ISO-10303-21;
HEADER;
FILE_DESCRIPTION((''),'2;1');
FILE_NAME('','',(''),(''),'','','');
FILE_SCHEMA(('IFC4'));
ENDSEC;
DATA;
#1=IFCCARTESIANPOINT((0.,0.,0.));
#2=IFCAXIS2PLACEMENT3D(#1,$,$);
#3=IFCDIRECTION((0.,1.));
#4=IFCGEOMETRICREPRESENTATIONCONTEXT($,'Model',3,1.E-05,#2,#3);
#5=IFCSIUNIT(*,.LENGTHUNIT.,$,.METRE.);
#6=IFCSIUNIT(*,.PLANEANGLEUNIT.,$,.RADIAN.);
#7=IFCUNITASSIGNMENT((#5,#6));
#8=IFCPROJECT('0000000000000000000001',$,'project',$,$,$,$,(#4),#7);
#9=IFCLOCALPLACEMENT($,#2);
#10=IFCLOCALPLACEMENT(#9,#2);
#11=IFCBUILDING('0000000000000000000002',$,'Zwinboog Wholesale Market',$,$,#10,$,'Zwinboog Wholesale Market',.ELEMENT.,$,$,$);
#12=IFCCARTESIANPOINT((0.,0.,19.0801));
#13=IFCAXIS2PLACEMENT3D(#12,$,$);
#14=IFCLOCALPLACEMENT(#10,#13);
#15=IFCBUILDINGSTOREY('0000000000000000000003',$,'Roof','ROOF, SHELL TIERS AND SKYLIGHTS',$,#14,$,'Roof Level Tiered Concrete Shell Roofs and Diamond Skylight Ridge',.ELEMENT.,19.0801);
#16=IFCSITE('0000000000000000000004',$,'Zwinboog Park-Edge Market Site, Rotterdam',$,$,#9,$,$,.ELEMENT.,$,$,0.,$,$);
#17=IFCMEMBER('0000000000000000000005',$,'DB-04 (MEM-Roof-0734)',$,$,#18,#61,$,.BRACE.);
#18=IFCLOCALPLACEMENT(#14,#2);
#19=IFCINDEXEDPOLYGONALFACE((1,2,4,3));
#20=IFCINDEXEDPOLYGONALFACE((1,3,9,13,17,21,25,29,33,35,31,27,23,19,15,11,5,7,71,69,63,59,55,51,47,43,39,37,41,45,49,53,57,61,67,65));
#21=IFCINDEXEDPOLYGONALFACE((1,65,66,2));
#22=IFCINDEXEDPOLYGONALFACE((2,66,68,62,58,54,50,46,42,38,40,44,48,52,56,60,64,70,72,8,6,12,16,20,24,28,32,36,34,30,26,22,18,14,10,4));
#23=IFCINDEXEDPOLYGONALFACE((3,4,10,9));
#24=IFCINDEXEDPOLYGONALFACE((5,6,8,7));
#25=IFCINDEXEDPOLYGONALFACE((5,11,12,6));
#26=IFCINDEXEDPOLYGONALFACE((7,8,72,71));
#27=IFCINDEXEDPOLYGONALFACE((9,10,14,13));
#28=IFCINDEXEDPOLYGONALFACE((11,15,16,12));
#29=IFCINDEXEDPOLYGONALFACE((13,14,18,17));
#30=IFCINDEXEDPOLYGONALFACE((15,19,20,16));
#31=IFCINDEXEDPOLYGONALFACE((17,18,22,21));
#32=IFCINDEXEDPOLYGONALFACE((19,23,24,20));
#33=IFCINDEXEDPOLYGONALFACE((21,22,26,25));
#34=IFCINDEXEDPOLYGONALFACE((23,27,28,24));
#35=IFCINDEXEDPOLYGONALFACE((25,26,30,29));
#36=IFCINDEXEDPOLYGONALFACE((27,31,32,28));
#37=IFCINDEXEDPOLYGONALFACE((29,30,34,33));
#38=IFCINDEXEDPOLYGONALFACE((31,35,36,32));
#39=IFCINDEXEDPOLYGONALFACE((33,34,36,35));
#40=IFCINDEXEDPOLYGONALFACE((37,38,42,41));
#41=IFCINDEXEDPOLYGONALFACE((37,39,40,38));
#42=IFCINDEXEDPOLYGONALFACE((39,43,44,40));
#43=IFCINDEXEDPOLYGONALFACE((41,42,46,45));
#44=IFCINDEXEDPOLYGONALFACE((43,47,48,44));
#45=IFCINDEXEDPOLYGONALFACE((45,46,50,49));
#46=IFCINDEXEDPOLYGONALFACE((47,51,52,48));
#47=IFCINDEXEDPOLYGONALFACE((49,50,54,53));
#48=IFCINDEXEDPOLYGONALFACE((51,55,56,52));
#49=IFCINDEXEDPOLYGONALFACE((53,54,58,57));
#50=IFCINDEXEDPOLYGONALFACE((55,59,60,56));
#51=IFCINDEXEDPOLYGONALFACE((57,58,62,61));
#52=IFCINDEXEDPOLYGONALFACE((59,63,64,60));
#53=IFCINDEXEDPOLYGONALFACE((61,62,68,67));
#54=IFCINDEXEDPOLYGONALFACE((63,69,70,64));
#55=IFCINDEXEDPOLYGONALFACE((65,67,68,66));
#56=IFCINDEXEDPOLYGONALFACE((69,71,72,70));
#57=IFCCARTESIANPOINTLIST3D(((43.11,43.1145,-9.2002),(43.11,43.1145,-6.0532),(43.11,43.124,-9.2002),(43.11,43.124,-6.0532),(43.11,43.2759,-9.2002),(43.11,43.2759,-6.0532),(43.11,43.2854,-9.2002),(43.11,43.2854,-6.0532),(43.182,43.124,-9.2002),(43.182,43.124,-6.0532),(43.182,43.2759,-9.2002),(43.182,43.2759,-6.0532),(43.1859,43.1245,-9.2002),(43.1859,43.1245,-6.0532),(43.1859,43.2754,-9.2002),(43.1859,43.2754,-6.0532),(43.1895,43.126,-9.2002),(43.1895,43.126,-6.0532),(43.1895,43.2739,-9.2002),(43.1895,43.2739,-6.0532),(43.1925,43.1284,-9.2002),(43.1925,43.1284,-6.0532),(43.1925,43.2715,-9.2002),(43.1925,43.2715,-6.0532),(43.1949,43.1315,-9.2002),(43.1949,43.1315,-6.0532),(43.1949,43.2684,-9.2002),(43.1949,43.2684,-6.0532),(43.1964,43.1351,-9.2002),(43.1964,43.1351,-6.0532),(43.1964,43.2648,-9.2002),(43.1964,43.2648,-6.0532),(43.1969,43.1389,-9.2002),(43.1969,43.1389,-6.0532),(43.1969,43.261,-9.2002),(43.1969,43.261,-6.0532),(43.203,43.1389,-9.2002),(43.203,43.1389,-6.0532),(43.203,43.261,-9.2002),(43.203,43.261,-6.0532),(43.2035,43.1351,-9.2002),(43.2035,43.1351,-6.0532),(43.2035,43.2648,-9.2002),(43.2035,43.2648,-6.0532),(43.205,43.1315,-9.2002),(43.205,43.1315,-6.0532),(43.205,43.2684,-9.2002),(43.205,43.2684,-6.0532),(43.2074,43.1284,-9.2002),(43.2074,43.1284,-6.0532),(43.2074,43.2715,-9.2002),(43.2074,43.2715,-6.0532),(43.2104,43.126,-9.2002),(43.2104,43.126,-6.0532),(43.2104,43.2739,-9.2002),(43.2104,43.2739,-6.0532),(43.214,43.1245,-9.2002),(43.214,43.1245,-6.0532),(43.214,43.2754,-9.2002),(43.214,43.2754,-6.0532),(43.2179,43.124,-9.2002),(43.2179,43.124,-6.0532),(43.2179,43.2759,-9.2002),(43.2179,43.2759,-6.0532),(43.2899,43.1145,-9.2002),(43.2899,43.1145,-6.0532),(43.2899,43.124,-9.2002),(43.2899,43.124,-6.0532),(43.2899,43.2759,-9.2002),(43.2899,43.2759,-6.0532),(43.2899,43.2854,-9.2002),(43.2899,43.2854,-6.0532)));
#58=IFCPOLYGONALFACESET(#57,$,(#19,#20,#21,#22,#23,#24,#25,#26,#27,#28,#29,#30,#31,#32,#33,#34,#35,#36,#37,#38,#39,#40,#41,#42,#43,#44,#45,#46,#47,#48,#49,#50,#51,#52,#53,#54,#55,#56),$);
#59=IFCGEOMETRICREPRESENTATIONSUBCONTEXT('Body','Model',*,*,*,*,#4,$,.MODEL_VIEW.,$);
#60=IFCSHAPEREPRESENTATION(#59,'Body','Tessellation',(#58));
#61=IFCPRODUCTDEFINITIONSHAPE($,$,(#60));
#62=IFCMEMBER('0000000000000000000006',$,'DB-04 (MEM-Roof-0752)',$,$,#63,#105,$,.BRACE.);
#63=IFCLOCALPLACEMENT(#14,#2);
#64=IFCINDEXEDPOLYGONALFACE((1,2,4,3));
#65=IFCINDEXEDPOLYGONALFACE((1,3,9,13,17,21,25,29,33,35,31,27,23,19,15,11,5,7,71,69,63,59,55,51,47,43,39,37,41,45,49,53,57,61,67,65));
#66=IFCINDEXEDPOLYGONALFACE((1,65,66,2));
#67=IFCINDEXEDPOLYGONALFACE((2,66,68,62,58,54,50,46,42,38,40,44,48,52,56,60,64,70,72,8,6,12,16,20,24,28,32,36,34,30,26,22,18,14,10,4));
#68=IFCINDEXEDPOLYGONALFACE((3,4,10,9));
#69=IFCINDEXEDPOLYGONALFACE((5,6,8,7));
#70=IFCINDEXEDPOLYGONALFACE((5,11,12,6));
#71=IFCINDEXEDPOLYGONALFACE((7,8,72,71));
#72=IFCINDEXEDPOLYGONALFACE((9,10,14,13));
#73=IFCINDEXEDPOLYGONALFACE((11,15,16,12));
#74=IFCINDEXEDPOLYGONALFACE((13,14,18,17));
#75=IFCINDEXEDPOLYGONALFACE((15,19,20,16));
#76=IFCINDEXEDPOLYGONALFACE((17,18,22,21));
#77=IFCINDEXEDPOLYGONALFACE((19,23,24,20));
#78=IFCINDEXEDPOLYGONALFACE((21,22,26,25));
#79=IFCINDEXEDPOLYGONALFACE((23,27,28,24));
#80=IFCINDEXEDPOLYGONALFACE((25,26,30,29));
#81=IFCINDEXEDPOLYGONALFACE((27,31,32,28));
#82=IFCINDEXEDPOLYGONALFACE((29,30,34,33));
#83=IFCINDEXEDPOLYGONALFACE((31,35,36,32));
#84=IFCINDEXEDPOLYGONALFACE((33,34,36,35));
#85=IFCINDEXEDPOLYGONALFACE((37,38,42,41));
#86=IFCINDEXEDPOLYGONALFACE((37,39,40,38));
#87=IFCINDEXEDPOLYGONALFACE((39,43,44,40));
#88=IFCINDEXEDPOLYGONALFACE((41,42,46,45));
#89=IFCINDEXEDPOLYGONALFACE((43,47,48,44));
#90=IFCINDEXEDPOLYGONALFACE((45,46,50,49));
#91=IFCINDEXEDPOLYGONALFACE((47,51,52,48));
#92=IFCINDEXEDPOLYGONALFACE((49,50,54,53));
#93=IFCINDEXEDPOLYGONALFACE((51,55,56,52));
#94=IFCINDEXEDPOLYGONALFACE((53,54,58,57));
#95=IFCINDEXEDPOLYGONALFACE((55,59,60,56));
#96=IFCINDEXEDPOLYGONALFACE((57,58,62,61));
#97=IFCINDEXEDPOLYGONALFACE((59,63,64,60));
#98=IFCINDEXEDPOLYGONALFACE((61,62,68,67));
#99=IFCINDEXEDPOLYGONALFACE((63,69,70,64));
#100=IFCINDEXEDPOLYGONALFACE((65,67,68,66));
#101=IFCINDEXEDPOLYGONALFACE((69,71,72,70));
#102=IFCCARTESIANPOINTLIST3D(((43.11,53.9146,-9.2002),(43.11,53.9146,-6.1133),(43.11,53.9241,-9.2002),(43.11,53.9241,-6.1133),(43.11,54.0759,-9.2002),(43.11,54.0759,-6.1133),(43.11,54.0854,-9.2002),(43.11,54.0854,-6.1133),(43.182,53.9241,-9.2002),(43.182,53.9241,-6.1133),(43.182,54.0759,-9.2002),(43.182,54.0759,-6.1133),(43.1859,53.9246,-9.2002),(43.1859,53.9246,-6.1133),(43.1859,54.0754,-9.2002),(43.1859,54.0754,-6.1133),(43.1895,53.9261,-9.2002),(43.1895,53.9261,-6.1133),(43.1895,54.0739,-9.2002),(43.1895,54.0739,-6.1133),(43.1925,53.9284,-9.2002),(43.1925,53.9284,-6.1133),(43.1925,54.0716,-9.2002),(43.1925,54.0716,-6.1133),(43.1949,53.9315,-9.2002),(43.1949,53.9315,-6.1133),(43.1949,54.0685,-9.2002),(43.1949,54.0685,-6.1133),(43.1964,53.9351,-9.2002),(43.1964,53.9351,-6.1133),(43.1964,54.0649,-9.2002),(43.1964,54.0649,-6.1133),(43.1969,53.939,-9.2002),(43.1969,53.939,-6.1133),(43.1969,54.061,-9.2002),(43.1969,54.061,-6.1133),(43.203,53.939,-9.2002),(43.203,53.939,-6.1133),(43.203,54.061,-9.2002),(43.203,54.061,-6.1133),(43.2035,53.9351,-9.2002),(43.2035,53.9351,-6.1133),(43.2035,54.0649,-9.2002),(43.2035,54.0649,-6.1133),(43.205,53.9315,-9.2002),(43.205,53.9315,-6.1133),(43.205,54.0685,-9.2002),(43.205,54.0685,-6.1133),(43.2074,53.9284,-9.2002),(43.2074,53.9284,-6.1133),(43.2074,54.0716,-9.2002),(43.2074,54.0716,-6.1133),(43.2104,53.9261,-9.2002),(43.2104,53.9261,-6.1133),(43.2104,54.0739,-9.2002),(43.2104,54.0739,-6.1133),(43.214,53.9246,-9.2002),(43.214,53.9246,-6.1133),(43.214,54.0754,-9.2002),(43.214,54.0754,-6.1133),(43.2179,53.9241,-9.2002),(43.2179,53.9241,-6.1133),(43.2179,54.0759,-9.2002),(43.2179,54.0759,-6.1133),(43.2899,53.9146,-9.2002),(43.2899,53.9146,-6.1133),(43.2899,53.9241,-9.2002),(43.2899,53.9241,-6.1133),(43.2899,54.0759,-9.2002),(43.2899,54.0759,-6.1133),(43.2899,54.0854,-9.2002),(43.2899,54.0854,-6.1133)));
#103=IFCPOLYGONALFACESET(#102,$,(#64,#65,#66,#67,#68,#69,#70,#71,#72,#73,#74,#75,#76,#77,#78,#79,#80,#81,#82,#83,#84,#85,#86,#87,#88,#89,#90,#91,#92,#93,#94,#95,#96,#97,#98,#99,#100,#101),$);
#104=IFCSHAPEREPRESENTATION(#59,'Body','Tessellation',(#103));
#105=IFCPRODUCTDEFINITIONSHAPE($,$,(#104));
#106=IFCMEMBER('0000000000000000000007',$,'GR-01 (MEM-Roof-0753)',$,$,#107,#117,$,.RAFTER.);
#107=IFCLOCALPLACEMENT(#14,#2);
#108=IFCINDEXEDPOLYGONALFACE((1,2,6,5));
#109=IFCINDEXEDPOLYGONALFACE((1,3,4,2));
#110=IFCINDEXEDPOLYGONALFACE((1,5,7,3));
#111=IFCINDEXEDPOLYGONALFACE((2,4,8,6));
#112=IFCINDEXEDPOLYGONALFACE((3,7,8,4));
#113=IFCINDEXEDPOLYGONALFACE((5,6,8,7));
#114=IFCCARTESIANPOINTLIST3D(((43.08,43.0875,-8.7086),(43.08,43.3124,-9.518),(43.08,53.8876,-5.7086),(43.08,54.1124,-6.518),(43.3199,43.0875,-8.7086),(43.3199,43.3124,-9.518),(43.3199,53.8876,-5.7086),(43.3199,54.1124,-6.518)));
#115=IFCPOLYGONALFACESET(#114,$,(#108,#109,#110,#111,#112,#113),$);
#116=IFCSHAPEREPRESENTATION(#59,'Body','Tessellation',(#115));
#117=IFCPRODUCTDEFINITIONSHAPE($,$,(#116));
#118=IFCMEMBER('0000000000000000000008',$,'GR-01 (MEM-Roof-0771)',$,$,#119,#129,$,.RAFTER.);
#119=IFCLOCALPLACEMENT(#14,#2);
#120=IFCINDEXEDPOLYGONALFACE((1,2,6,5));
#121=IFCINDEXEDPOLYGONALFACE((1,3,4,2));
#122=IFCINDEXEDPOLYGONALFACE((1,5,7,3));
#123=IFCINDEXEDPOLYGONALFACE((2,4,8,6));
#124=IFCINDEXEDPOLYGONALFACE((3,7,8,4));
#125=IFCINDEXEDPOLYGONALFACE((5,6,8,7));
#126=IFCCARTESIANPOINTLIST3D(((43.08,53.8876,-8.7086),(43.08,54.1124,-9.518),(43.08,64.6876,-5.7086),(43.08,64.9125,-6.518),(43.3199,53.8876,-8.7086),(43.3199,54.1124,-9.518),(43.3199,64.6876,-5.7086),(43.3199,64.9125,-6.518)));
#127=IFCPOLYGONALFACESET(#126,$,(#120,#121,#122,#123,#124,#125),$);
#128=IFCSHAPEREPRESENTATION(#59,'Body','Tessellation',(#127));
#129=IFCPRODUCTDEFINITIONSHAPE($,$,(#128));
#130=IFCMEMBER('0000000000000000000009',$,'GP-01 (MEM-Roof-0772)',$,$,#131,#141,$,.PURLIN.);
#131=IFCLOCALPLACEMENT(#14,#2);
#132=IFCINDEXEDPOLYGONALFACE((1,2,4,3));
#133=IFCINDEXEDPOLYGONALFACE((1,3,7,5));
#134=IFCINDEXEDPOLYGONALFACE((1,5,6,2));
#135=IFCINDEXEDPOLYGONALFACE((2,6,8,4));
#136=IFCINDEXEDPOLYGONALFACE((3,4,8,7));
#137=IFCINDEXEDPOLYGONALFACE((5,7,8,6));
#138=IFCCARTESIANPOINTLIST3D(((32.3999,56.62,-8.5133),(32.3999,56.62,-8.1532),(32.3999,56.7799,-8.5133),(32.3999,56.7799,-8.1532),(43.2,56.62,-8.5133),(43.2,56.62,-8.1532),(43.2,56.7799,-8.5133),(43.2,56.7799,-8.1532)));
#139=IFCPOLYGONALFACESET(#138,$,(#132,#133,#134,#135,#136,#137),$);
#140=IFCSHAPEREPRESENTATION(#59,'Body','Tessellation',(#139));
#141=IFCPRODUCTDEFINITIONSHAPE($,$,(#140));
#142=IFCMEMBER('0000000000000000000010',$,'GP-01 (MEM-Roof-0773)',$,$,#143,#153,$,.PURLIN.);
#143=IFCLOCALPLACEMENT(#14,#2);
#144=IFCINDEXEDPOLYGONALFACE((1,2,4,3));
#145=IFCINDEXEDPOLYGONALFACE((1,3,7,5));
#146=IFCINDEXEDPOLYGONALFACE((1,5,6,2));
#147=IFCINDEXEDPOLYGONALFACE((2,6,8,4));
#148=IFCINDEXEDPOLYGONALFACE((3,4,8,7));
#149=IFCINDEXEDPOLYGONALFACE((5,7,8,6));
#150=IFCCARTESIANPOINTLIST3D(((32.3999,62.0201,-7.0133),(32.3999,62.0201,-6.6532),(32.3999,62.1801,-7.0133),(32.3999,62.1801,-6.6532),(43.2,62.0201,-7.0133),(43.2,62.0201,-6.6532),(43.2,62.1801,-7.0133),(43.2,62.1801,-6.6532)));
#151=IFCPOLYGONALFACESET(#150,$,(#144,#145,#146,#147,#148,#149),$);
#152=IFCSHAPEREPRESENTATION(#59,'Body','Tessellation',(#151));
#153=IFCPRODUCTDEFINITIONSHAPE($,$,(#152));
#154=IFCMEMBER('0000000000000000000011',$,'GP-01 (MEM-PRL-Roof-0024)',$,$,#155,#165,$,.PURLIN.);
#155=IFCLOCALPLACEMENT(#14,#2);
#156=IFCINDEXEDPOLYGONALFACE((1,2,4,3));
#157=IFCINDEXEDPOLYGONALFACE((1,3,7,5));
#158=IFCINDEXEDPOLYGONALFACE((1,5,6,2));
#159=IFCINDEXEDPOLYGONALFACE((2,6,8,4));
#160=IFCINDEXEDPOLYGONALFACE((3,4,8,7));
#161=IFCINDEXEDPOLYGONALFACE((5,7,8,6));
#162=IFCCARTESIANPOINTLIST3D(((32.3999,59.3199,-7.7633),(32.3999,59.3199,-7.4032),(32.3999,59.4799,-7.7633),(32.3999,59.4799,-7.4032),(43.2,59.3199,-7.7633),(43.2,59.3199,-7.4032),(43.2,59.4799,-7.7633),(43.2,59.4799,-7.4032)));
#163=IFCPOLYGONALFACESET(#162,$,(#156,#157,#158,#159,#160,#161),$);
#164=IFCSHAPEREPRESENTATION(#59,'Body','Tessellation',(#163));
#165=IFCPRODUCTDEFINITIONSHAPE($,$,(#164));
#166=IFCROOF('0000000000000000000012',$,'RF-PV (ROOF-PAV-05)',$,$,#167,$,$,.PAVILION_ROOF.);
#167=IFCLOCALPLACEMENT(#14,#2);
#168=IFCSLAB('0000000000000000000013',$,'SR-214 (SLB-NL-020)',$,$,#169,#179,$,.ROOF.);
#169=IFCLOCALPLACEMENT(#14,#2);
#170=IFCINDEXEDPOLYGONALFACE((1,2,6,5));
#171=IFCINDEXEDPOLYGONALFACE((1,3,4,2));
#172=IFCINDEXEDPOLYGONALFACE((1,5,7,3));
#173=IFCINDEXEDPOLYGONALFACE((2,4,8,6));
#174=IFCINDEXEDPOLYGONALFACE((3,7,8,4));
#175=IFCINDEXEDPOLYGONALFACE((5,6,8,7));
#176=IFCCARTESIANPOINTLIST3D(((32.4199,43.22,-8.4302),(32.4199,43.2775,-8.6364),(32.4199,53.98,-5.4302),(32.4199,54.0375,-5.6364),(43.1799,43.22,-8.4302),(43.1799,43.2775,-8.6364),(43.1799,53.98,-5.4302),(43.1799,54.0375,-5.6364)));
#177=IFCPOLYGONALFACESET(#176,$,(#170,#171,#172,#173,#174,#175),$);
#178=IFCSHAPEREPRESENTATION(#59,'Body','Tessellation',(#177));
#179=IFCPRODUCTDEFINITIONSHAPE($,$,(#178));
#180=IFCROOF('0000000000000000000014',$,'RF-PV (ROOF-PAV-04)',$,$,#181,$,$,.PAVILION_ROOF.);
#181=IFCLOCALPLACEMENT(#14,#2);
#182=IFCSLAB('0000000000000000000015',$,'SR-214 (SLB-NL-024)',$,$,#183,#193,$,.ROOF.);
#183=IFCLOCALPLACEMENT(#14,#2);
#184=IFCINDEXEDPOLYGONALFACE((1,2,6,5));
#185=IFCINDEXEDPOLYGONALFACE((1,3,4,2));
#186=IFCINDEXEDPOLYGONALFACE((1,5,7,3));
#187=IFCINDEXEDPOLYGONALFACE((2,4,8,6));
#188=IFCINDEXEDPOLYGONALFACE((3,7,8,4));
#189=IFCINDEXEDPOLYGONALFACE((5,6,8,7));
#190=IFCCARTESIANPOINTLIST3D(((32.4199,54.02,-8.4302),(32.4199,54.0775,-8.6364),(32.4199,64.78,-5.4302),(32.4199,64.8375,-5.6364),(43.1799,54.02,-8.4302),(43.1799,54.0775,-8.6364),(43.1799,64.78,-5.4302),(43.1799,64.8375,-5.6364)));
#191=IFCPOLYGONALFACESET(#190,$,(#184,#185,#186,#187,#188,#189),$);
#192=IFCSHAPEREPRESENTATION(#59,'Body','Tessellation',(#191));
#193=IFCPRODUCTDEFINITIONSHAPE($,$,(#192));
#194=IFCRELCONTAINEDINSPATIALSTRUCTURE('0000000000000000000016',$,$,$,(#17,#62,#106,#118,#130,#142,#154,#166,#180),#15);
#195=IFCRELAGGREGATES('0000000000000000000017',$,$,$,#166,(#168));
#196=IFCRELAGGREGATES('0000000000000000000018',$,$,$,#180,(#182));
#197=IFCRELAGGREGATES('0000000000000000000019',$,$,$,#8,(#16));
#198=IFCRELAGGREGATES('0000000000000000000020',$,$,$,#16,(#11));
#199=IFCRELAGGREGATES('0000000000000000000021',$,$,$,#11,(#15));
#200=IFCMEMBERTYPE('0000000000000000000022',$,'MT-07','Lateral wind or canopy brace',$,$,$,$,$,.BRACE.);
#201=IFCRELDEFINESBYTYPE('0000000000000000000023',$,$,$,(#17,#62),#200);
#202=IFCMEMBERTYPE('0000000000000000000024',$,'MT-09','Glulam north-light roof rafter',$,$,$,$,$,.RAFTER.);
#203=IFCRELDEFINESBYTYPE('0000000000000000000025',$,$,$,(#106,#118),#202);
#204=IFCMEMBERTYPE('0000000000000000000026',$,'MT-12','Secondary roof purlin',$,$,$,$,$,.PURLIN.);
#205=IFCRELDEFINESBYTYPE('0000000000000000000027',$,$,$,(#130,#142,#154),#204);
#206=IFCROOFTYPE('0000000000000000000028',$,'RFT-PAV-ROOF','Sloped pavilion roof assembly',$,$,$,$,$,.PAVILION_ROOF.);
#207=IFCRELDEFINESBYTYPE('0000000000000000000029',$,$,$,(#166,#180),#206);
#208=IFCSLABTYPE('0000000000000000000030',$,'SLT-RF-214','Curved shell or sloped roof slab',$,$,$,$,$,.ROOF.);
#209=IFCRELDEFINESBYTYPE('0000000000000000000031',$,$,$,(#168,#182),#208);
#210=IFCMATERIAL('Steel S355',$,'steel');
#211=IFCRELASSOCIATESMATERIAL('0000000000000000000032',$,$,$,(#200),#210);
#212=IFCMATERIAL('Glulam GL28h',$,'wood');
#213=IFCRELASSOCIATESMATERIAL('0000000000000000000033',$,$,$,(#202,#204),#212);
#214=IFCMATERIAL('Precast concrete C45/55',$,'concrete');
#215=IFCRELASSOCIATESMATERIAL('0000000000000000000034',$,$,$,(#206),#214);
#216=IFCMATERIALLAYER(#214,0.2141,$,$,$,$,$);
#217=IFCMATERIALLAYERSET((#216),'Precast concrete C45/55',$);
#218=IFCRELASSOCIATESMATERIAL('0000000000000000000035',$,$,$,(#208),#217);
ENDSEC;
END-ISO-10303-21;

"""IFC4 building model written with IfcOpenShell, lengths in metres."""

from ifc_helpers import new_model, si_unit, direction, frame, origin, origin_2d, place, context, subcontext, project, spatial, polyline, rectangle, i_section, outline, extrude, material, layer, layer_set, material_profile, profile_set, type_object, element, aggregate, save


model = new_model("IFC4")

# Units and contexts
model_context = context("Model", 3, precision=1e-05, world=origin(), true_north=direction((0.0, 1.0)))
body_context = subcontext(model_context, "Body", "Model", "MODEL_VIEW")
ifc_project = project(units=[si_unit("LENGTHUNIT", "METRE"), si_unit("PLANEANGLEUNIT", "RADIAN")], contexts=[model_context])

# Site, building, storey
site_placement = place(None, origin())
site = spatial("IfcSite", under=ifc_project, at=site_placement, Name="Zwinboog Park-Edge Market Site, Rotterdam", CompositionType="ELEMENT", RefElevation=0.0)
building_placement = place(site_placement, origin())
building = spatial("IfcBuilding", under=site, at=building_placement, Name="Zwinboog Wholesale Market", LongName="Zwinboog Wholesale Market", CompositionType="ELEMENT")
storey_placement = place(building_placement, frame((0.0, 0.0, 19.0801)))
storey = spatial("IfcBuildingStorey", under=building, at=storey_placement, Name="Roof", Description="ROOF, SHELL TIERS AND SKYLIGHTS", LongName="Roof Level Tiered Concrete Shell Roofs and Diamond Skylight Ridge", CompositionType="ELEMENT", Elevation=19.0801)

# Shared definitions
ifc_material_1 = material(Name="Precast concrete C45/55", Category="concrete")

# Members
ifc_material_2 = material(Name="Steel S355", Category="steel")
ifc_material_profile_1 = material_profile(ifc_material_2, i_section(OverallWidth=0.1799, OverallDepth=0.1709, WebThickness=0.0061, FlangeThickness=0.0095, FilletRadius=0.0149, at=origin_2d()), Name="HEA 180")
ifc_profile_set_1 = profile_set([ifc_material_profile_1], Name="Steel S355")
member_type_1 = type_object("IfcMemberType", Name="MT-07", Description="Lateral wind or canopy brace", PredefinedType="BRACE", material=ifc_profile_set_1)
member_1_placement = place(storey_placement, frame((43.2, 43.2, -9.2002), z_axis=(0.0, 0.0, 1.0), x_axis=(1.0, 0.0, 0.0)))
element("IfcMember", 1, at=member_1_placement, inside=storey, type_object=member_type_1, Name="DB-04 (MEM-Roof-0734)", PredefinedType="BRACE", context=body_context, shape_type="SweptSolid", body=[
    extrude(i_section(OverallWidth=0.1799, OverallDepth=0.1709, WebThickness=0.0061, FlangeThickness=0.0095, FilletRadius=0.0149, at=origin_2d()), origin(), (0.0, 0.0, 1.0), 3.147),
])
member_2_placement = place(storey_placement, frame((43.2, 54.0, -9.2002), z_axis=(0.0, 0.0, 1.0), x_axis=(1.0, 0.0, 0.0)))
element("IfcMember", 2, at=member_2_placement, inside=storey, type_object=member_type_1, Name="DB-04 (MEM-Roof-0752)", PredefinedType="BRACE", context=body_context, shape_type="SweptSolid", body=[
    extrude(i_section(OverallWidth=0.1799, OverallDepth=0.1709, WebThickness=0.0061, FlangeThickness=0.0095, FilletRadius=0.0149, at=origin_2d()), origin(), (0.0, 0.0, 1.0), 3.0869),
])
ifc_material_3 = material(Name="Glulam GL28h", Category="wood")
ifc_material_profile_2 = material_profile(ifc_material_3, rectangle(XDim=0.24, YDim=0.8401, at=origin_2d()), Name="GL28h 240x840")
ifc_profile_set_2 = profile_set([ifc_material_profile_2], Name="Glulam GL28h")
member_type_2 = type_object("IfcMemberType", Name="MT-09", Description="Glulam north-light roof rafter", PredefinedType="RAFTER", material=ifc_profile_set_2)
for number, where, z_axis, x_axis, name in (
    (3, (43.2, 43.2, -9.1133), (0.0, 0.963518, 0.267643), (-1.0, 0.0, 0.0), "GR-01 (MEM-Roof-0753)"),
    (4, (43.2, 54.0, -9.1133), (0.0, 0.963518, 0.267643), (-1.0, 0.0, 0.0), "GR-01 (MEM-Roof-0771)"),
):
    element("IfcMember", number, at=place(storey_placement, frame(where, z_axis=z_axis, x_axis=x_axis)), inside=storey, type_object=member_type_2, Name=name, PredefinedType="RAFTER", context=body_context, shape_type="SweptSolid", body=[
        extrude(rectangle(XDim=0.24, YDim=0.8401, at=origin_2d()), origin(), (0.0, 0.0, 1.0), 11.209),
    ])
ifc_material_profile_3 = material_profile(ifc_material_3, rectangle(XDim=0.1599, YDim=0.3601, at=origin_2d()), Name="GL28h 160x360")
ifc_profile_set_3 = profile_set([ifc_material_profile_3], Name="Glulam GL28h")
member_type_3 = type_object("IfcMemberType", Name="MT-12", Description="Secondary roof purlin", PredefinedType="PURLIN", material=ifc_profile_set_3)
for number, where, z_axis, x_axis, name in (
    (5, (32.3999, 56.7, -8.3333), (1.0, 0.0, 0.0), (0.0, 1.0, 0.0), "GP-01 (MEM-Roof-0772)"),
    (6, (32.3999, 62.1001, -6.8333), (1.0, 0.0, 0.0), (0.0, 1.0, 0.0), "GP-01 (MEM-Roof-0773)"),
    (7, (32.3999, 59.3999, -7.5833), (1.0, 0.0, 0.0), (0.0, 1.0, 0.0), "GP-01 (MEM-PRL-Roof-0024)"),
):
    element("IfcMember", number, at=place(storey_placement, frame(where, z_axis=z_axis, x_axis=x_axis)), inside=storey, type_object=member_type_3, Name=name, PredefinedType="PURLIN", context=body_context, shape_type="SweptSolid", body=[
        extrude(rectangle(XDim=0.1599, YDim=0.3601, at=origin_2d()), origin(), (0.0, 0.0, 1.0), 10.8),
    ])

# Roofs, slabs
roof_type = type_object("IfcRoofType", Name="RFT-PAV-ROOF", Description="Sloped pavilion roof assembly", PredefinedType="PAVILION_ROOF", material=ifc_material_1)
roof_1_placement = place(storey_placement, origin())
roof_1 = element("IfcRoof", 8, at=roof_1_placement, inside=storey, type_object=roof_type, Name="RF-PV (ROOF-PAV-05)", PredefinedType="PAVILION_ROOF")
ifc_layer = layer(ifc_material_1, 0.2141)
ifc_layer_set = layer_set([ifc_layer], Name="Precast concrete C45/55")
slab_type = type_object("IfcSlabType", Name="SLT-RF-214", Description="Curved shell or sloped roof slab", PredefinedType="ROOF", material=ifc_layer_set)
slab_1_placement = place(storey_placement, frame((32.4199, 43.22, -8.4302), z_axis=(0.0, -0.268567, 0.963261), x_axis=(1.0, 0.0, 0.0)))
slab_1 = element("IfcSlab", 9, at=slab_1_placement, type_object=slab_type, Name="SR-214 (SLB-NL-020)", PredefinedType="ROOF", context=body_context, shape_type="SweptSolid", body=[
    extrude(outline(polyline([(0.0, 0.0), (10.76, 0.0), (10.76, 11.1704), (0.0, 11.1704), (0.0, 0.0)])), origin(), (0.0, 0.0, -1.0), 0.2141),
])
aggregate(roof_1, [slab_1])
roof_2_placement = place(storey_placement, origin())
roof_2 = element("IfcRoof", 10, at=roof_2_placement, inside=storey, type_object=roof_type, Name="RF-PV (ROOF-PAV-04)", PredefinedType="PAVILION_ROOF")
slab_2_placement = place(storey_placement, frame((32.4199, 54.02, -8.4302), z_axis=(0.0, -0.268567, 0.963261), x_axis=(1.0, 0.0, 0.0)))
slab_2 = element("IfcSlab", 11, at=slab_2_placement, type_object=slab_type, Name="SR-214 (SLB-NL-024)", PredefinedType="ROOF", context=body_context, shape_type="SweptSolid", body=[
    extrude(outline(polyline([(0.0, 0.0), (10.76, 0.0), (10.76, 11.1704), (0.0, 11.1704), (0.0, 0.0)])), origin(), (0.0, 0.0, -1.0), 0.2141),
])
aggregate(roof_2, [slab_2])

save(model, "model.ifc")
